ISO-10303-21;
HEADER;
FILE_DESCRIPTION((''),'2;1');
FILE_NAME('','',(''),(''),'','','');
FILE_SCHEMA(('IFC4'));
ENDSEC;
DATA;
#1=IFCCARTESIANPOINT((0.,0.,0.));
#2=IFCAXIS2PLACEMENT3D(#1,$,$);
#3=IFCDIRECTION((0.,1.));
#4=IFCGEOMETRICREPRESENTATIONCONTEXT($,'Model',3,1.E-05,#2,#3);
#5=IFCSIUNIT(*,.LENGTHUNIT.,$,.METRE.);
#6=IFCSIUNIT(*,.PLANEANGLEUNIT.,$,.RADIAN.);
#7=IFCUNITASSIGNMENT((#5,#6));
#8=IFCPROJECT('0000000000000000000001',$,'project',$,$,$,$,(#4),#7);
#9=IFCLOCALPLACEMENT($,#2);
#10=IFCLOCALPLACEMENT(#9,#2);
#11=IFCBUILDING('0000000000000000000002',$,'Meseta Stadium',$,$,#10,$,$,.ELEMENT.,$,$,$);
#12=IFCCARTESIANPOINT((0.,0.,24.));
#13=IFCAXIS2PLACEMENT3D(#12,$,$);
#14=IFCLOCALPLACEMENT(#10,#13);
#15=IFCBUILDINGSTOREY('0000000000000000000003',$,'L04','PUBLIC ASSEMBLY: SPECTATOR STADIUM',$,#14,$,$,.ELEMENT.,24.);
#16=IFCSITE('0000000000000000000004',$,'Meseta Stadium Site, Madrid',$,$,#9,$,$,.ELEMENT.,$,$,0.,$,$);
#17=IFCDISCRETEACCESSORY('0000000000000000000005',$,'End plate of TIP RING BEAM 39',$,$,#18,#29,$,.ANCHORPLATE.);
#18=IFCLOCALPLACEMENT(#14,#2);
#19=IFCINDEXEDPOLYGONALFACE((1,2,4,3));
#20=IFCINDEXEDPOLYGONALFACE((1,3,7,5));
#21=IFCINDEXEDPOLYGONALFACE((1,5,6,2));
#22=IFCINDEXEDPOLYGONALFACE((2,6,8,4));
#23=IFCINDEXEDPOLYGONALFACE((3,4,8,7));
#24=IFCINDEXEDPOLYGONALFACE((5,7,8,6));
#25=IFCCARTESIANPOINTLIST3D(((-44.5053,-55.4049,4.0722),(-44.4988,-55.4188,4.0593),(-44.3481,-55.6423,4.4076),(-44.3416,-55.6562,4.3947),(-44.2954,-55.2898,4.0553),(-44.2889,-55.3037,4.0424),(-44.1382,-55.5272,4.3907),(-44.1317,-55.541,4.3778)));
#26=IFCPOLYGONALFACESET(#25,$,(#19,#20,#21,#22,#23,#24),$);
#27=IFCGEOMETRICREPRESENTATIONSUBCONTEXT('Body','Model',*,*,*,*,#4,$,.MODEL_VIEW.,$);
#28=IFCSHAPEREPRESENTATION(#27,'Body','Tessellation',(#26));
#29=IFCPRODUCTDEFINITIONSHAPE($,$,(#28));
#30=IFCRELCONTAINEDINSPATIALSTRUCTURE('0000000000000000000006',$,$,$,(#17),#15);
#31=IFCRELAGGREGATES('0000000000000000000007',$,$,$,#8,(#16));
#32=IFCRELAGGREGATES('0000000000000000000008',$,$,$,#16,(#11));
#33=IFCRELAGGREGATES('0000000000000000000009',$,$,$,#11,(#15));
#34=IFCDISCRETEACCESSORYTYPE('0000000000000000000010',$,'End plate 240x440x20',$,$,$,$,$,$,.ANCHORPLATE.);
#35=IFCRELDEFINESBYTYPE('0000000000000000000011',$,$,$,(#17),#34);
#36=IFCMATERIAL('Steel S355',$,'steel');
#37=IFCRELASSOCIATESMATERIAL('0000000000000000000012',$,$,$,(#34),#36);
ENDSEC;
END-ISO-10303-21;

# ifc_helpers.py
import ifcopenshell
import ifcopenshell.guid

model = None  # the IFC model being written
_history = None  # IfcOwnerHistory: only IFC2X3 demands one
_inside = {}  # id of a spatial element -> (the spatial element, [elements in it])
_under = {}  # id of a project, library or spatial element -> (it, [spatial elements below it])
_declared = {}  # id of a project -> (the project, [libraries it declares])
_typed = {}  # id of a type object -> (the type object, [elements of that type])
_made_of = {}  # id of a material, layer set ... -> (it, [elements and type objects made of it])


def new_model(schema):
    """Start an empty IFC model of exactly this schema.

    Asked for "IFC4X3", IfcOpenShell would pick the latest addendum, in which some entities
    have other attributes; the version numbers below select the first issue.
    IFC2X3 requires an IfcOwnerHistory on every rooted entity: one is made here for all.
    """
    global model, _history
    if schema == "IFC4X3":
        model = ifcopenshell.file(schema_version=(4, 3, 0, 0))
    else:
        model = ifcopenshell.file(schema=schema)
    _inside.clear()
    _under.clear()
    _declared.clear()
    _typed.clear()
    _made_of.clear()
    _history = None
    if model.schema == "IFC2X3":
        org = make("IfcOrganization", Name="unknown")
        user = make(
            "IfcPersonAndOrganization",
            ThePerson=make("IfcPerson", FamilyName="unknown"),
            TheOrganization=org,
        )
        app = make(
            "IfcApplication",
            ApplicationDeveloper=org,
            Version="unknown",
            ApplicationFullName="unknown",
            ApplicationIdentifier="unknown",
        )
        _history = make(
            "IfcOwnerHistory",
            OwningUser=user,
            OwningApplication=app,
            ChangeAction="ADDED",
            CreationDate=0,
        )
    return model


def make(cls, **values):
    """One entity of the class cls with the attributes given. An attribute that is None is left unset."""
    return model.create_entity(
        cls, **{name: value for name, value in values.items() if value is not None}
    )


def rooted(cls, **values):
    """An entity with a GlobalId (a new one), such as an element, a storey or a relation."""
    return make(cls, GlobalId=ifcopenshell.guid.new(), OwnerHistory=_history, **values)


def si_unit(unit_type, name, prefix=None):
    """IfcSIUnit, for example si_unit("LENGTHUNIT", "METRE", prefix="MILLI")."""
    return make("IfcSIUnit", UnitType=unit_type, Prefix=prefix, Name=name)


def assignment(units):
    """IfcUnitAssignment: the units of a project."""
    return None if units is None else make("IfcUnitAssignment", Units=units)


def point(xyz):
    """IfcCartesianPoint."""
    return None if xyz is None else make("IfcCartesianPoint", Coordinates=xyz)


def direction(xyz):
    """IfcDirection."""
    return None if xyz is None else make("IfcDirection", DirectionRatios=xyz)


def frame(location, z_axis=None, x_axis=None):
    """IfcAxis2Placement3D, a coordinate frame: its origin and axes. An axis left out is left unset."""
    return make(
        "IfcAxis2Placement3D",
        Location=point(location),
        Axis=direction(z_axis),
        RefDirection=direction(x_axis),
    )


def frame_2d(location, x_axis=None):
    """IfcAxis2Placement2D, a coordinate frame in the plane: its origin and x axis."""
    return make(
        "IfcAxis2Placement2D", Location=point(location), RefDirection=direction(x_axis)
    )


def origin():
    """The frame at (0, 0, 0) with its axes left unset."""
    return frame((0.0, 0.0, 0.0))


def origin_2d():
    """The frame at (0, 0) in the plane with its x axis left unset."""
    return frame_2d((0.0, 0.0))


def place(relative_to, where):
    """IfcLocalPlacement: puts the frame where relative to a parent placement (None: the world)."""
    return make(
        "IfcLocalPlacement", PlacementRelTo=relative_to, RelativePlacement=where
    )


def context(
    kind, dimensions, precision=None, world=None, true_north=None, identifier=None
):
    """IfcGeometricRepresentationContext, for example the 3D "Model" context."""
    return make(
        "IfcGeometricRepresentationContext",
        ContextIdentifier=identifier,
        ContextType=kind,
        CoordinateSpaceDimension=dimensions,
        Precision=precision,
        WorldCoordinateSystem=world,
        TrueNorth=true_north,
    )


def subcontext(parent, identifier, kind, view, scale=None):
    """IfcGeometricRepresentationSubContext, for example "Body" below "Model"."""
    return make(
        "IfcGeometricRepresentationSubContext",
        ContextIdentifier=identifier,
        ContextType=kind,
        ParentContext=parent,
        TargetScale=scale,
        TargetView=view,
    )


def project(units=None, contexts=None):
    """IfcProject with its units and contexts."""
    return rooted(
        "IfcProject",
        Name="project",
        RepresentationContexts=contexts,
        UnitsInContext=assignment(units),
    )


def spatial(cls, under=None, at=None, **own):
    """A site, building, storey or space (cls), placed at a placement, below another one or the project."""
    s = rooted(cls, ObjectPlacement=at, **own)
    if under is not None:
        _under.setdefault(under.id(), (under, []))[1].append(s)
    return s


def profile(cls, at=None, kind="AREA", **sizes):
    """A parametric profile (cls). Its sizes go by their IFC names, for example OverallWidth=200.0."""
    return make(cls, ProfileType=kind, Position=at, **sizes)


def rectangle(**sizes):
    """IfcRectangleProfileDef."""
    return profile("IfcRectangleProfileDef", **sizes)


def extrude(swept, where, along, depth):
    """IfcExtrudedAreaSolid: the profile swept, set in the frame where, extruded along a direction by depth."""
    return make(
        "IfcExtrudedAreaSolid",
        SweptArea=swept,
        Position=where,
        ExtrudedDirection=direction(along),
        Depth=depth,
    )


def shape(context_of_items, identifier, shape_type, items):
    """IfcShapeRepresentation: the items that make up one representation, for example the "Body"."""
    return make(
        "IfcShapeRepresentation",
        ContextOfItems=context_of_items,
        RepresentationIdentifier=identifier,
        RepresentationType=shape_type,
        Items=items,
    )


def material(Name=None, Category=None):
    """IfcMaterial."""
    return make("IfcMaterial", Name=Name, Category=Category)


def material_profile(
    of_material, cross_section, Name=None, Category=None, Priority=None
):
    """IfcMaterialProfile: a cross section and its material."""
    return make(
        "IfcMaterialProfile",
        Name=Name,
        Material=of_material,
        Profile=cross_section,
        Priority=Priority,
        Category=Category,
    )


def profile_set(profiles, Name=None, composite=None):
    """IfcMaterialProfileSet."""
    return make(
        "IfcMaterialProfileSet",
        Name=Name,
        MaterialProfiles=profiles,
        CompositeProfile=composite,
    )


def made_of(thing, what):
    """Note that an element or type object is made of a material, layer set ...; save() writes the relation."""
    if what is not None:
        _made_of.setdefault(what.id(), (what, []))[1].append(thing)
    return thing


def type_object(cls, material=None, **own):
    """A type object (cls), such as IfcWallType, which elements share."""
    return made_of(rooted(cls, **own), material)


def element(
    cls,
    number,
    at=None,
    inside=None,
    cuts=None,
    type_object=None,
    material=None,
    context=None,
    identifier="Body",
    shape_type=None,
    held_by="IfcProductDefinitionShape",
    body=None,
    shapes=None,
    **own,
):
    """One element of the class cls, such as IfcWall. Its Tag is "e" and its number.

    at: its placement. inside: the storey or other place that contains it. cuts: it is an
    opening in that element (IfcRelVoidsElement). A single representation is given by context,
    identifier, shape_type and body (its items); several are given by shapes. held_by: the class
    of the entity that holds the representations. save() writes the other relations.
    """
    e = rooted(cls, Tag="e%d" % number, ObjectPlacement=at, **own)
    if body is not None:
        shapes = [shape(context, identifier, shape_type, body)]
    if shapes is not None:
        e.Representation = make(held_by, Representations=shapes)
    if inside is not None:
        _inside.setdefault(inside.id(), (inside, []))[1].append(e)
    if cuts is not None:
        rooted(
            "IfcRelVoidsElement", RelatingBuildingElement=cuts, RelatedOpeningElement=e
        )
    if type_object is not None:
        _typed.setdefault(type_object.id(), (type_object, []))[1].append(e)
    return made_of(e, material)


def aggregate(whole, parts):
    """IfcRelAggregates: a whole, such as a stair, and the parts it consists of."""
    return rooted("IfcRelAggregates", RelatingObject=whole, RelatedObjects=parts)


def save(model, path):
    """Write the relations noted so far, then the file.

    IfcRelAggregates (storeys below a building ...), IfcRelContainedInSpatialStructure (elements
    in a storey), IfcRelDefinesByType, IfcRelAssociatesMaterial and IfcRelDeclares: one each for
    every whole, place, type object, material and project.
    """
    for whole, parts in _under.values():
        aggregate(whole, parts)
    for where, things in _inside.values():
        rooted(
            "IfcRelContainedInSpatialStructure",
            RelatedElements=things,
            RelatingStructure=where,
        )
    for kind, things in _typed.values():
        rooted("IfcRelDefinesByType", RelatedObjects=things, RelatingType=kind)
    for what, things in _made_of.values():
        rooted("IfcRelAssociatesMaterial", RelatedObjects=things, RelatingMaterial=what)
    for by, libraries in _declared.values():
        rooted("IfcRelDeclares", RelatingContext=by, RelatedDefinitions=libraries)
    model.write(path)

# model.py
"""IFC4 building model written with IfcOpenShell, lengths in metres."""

from ifc_helpers import new_model, si_unit, direction, frame, origin, origin_2d, place, context, subcontext, project, spatial, rectangle, extrude, material, material_profile, profile_set, type_object, element, save


model = new_model("IFC4")

# Units and contexts
model_context = context("Model", 3, precision=1e-05, world=origin(), true_north=direction((0.0, 1.0)))
body_context = subcontext(model_context, "Body", "Model", "MODEL_VIEW")
ifc_project = project(units=[si_unit("LENGTHUNIT", "METRE"), si_unit("PLANEANGLEUNIT", "RADIAN")], contexts=[model_context])

# Site, building, storey
site_placement = place(None, origin())
site = spatial("IfcSite", under=ifc_project, at=site_placement, Name="Meseta Stadium Site, Madrid", CompositionType="ELEMENT", RefElevation=0.0)
building_placement = place(site_placement, origin())
building = spatial("IfcBuilding", under=site, at=building_placement, Name="Meseta Stadium", CompositionType="ELEMENT")
storey_placement = place(building_placement, frame((0.0, 0.0, 24.0)))
storey = spatial("IfcBuildingStorey", under=building, at=storey_placement, Name="L04", Description="PUBLIC ASSEMBLY: SPECTATOR STADIUM", CompositionType="ELEMENT", Elevation=24.0)

# Discrete accessory
ifc_material_1 = material(Name="Steel S355", Category="steel")
ifc_material_profile_1 = material_profile(ifc_material_1, rectangle(XDim=0.24, YDim=0.4399, at=origin_2d()), Name="PL 240x440")
ifc_profile_set_1 = profile_set([ifc_material_profile_1], Name="Steel S355")
discrete_accessory_type_1 = type_object("IfcDiscreteAccessoryType", Name="End plate 240x440x20", PredefinedType="ANCHORPLATE", material=ifc_profile_set_1)
discrete_accessory_1_placement = place(storey_placement, frame((-44.3218, -55.4661, 4.2314), z_axis=(0.327737, -0.691888, -0.643335), x_axis=(0.874589, 0.479728, -0.070388)))
element("IfcDiscreteAccessory", 1, at=discrete_accessory_1_placement, inside=storey, type_object=discrete_accessory_type_1, Name="End plate of TIP RING BEAM 39", PredefinedType="ANCHORPLATE", context=body_context, shape_type="SweptSolid", body=[
    extrude(rectangle(XDim=0.24, YDim=0.4399, at=origin_2d()), origin(), (0.0, 0.0, 1.0), 0.02),
])

save(model, "model.ifc")
